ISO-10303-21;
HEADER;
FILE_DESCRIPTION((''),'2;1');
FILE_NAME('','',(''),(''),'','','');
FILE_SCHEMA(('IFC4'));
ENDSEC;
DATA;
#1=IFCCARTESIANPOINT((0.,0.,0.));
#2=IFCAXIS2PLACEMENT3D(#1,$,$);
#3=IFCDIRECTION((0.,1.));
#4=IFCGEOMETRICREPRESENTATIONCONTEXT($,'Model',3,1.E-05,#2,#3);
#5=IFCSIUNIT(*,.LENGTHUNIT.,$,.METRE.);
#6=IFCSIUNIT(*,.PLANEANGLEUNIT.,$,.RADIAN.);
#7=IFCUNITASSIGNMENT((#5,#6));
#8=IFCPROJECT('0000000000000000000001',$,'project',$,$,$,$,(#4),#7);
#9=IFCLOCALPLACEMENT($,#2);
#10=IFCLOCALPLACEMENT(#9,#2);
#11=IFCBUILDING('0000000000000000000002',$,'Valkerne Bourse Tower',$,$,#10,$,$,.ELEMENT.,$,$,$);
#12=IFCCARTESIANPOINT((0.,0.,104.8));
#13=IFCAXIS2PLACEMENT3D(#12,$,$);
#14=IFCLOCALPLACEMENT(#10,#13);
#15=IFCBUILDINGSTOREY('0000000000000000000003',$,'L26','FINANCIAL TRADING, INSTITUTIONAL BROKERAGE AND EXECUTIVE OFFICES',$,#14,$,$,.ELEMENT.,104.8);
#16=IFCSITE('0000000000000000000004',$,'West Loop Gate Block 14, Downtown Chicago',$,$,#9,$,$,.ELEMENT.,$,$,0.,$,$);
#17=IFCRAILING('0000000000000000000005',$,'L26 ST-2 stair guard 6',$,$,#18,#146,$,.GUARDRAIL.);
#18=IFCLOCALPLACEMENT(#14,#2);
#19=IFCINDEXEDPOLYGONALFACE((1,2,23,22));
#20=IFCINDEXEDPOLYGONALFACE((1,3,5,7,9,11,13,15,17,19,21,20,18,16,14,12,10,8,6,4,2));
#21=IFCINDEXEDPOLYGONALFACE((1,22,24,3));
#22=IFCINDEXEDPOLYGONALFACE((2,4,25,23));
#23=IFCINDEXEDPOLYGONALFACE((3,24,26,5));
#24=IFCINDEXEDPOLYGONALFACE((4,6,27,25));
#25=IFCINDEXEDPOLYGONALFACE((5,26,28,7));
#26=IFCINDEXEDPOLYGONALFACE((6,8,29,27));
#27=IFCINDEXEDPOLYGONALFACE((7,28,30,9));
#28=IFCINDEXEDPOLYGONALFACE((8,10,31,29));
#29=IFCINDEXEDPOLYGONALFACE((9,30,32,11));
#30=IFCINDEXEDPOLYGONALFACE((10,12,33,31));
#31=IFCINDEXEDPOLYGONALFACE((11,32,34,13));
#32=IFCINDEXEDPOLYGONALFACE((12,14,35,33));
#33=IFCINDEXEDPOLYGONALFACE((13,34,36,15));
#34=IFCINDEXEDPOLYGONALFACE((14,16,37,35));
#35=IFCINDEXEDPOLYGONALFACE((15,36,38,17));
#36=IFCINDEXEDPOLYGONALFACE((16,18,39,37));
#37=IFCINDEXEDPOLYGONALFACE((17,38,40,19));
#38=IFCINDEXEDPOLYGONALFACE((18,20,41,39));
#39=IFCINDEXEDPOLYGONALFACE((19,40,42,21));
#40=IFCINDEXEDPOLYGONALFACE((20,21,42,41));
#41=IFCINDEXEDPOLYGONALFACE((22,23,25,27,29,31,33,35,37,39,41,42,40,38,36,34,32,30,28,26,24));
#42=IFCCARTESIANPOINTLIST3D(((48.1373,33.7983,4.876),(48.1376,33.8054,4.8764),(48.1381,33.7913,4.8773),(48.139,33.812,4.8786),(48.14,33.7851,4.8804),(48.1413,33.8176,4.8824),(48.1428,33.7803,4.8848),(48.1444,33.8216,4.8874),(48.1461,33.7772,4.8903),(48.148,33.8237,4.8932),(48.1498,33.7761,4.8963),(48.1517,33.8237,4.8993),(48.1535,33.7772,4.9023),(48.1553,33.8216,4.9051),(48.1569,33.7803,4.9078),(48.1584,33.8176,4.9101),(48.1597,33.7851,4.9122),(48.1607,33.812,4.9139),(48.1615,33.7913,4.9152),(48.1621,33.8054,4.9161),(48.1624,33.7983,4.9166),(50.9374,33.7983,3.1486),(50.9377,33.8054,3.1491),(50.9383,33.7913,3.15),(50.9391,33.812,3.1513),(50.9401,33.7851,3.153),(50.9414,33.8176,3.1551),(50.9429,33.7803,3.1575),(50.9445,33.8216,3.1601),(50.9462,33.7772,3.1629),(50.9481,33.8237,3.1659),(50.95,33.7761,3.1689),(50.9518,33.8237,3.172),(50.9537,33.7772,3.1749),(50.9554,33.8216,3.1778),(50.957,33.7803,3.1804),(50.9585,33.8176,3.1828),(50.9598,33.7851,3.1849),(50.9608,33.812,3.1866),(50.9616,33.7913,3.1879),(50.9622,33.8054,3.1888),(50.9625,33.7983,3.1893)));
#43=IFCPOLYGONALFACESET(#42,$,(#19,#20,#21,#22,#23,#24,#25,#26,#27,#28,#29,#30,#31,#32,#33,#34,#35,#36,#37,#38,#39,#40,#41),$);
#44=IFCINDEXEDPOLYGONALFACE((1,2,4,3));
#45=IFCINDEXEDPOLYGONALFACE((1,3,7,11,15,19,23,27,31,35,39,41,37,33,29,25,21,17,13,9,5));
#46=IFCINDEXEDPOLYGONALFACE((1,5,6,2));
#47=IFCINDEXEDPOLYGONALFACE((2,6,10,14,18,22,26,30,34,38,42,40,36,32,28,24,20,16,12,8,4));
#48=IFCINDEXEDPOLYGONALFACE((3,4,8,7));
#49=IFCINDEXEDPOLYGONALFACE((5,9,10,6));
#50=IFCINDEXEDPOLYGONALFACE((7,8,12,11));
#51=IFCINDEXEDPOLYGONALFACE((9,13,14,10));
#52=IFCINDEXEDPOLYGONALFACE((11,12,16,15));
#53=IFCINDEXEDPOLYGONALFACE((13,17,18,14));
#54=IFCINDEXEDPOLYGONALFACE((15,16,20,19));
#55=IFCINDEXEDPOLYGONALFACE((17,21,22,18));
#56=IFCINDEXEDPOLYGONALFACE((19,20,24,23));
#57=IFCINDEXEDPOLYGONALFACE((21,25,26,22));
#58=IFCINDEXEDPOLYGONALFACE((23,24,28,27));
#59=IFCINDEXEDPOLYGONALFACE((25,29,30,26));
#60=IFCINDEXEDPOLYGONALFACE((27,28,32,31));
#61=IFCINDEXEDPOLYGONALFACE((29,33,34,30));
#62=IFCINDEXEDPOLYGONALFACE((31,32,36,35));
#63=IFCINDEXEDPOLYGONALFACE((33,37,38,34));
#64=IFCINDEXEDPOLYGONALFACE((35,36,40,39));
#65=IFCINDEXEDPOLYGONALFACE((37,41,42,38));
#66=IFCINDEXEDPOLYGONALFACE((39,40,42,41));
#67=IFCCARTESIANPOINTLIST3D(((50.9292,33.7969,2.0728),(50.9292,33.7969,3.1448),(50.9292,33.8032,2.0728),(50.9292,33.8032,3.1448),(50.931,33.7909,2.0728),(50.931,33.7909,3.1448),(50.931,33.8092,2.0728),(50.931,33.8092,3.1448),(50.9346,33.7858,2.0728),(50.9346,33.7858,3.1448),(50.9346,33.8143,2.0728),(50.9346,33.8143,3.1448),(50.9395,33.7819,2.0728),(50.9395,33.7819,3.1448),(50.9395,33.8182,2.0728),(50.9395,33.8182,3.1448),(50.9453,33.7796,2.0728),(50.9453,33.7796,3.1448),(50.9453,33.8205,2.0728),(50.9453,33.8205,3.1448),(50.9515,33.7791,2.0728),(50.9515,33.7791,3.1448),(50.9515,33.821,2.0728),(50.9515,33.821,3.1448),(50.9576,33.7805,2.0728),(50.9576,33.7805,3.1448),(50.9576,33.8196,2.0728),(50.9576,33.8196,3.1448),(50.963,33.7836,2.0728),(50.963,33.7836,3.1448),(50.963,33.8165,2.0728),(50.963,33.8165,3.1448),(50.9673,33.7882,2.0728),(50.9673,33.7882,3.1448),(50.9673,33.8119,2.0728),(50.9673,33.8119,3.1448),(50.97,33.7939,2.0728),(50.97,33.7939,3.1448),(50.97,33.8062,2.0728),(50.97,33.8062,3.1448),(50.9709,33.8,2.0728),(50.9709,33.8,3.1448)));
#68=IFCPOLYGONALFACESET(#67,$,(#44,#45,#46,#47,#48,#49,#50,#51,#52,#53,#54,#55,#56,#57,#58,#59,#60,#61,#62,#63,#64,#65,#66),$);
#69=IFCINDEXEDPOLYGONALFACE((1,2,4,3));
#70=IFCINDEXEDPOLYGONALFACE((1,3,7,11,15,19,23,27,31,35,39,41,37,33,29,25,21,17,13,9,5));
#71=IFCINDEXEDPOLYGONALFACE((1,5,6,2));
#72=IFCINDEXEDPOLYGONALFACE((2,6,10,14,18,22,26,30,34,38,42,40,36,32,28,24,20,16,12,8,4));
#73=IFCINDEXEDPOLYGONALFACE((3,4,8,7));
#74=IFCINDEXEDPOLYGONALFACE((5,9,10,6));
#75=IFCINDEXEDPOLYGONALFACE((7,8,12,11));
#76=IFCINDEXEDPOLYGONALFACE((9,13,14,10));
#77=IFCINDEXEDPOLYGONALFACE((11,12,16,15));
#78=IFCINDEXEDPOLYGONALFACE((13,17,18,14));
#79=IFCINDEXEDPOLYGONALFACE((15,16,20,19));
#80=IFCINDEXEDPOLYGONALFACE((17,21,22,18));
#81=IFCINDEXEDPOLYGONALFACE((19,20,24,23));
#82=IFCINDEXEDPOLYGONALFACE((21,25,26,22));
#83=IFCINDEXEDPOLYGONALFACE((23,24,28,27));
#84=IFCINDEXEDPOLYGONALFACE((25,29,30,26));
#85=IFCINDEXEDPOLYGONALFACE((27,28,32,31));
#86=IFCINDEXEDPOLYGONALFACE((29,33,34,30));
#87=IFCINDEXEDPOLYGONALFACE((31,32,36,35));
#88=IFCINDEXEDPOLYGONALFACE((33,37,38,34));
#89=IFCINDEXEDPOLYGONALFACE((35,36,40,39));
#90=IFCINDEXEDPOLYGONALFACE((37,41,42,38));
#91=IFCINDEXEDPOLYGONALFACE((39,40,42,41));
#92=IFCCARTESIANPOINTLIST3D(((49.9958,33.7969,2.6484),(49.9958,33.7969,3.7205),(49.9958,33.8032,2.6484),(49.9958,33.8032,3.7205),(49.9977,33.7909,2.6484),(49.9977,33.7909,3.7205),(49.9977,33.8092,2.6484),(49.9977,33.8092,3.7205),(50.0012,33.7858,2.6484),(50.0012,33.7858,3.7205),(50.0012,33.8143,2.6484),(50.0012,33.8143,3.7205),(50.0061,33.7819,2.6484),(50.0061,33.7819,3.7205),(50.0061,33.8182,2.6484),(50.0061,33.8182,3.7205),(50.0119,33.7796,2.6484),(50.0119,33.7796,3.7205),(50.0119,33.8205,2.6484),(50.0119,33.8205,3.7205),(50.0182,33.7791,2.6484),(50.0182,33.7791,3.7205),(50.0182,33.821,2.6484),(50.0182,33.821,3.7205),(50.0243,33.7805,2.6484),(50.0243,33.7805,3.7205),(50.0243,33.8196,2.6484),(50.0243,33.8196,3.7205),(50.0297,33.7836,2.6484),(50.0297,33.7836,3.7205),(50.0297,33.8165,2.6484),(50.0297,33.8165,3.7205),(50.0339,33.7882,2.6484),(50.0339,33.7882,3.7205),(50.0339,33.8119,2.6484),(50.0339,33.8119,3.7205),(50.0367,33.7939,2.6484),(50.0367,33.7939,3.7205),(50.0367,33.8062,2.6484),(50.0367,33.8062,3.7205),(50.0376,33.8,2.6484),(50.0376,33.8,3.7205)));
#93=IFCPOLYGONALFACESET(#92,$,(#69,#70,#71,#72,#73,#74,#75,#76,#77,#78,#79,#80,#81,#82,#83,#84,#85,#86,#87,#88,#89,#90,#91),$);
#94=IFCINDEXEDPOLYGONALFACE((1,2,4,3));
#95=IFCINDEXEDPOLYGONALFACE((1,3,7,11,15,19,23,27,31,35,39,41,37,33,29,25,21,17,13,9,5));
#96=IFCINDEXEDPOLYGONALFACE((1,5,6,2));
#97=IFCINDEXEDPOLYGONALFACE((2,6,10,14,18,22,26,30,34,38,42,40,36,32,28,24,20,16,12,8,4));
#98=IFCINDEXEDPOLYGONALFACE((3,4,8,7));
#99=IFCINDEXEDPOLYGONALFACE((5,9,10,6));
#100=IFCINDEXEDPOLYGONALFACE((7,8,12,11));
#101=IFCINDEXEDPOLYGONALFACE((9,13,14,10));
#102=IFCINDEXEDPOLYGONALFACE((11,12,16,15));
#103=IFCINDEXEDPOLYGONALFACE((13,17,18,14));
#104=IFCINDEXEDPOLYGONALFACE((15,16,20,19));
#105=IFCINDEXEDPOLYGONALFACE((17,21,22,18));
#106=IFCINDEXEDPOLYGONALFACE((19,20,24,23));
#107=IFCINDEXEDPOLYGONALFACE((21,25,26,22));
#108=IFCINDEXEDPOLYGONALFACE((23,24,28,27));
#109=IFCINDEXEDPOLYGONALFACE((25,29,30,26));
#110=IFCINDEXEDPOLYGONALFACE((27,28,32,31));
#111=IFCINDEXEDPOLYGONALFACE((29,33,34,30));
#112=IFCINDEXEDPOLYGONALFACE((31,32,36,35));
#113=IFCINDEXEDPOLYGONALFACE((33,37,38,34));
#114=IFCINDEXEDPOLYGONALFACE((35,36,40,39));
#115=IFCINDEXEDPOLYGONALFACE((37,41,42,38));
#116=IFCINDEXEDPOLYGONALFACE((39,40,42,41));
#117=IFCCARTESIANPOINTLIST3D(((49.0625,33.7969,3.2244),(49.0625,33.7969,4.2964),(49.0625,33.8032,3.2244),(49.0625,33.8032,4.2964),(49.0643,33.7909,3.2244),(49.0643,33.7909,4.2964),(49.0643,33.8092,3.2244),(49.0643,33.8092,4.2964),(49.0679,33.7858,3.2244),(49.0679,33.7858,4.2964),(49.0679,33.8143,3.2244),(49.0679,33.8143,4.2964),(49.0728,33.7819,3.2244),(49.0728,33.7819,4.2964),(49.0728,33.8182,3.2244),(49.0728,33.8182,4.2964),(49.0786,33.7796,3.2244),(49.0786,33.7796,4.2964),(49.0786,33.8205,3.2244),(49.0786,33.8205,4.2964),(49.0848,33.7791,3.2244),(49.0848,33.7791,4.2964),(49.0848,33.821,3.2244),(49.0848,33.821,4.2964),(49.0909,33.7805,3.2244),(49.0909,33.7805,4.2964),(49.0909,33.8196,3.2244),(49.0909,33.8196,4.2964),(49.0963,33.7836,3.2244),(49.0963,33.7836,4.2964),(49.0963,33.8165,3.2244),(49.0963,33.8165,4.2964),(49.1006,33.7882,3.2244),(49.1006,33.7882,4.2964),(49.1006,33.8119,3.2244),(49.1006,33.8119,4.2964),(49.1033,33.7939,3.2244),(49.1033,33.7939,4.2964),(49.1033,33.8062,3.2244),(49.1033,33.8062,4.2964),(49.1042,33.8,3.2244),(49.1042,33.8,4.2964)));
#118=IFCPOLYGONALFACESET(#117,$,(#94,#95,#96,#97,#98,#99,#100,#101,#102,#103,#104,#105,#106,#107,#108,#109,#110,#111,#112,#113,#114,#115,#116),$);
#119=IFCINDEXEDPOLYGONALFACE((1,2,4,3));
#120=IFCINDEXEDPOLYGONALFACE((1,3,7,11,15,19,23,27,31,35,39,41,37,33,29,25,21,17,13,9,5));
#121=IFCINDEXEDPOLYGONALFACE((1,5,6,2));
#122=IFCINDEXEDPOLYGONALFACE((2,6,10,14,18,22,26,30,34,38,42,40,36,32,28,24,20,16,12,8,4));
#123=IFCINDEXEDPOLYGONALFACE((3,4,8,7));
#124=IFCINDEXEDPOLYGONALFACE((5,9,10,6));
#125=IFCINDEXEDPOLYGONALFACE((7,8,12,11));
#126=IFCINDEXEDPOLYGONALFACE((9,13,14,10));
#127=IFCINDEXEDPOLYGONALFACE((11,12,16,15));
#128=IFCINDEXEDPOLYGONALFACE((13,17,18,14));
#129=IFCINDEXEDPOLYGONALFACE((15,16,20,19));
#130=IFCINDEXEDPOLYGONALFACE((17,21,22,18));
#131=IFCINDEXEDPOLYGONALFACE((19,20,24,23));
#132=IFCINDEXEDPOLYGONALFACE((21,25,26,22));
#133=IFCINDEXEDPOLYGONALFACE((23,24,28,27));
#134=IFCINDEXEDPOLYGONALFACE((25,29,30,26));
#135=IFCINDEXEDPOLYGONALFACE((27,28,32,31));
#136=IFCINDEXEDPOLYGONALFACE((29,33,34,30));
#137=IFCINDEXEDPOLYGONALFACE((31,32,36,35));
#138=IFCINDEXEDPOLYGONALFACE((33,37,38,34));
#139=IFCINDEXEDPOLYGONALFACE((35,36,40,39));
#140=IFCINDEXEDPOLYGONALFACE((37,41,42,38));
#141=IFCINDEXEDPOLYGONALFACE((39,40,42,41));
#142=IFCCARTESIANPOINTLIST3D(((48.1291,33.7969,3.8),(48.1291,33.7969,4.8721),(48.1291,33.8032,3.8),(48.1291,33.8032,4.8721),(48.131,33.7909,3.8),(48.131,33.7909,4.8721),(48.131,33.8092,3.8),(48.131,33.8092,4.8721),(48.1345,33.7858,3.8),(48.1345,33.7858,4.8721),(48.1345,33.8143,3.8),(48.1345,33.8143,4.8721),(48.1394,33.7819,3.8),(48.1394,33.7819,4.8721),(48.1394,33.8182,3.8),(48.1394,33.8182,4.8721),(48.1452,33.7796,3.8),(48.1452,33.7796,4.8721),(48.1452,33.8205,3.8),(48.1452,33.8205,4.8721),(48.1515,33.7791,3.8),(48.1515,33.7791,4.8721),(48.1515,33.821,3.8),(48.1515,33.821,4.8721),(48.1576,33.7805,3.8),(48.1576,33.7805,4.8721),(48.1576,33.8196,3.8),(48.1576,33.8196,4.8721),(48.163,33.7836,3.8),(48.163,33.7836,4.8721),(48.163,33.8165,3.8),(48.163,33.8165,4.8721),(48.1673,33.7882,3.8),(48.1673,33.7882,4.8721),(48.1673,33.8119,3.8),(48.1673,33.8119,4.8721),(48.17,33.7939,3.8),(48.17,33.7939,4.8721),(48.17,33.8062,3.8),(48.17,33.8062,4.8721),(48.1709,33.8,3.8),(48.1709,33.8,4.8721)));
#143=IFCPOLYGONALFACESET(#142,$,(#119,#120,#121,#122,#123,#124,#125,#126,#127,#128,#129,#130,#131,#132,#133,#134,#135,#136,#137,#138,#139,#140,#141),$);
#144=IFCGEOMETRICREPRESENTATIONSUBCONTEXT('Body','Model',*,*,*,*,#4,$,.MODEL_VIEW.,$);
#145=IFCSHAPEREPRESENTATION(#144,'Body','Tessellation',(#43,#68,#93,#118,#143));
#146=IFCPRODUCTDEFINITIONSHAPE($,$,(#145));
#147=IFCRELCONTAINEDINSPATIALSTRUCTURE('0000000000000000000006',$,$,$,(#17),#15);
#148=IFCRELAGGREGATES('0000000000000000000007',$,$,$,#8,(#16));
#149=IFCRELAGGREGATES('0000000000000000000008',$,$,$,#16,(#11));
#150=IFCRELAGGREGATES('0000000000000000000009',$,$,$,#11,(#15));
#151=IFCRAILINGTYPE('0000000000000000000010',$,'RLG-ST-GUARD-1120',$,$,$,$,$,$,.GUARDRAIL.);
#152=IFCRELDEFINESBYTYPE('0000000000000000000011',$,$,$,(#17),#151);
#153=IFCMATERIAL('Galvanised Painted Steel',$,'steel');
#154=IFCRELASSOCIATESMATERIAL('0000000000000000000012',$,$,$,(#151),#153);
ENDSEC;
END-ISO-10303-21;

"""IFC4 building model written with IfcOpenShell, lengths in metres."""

from ifc_helpers import new_model, si_unit, direction, frame, origin, origin_2d, place, context, subcontext, project, spatial, circle, extrude, material, type_object, element, save


model = new_model("IFC4")

# Units and contexts
model_context = context("Model", 3, precision=1e-05, world=origin(), true_north=direction((0.0, 1.0)))
body_context = subcontext(model_context, "Body", "Model", "MODEL_VIEW")
ifc_project = project(units=[si_unit("LENGTHUNIT", "METRE"), si_unit("PLANEANGLEUNIT", "RADIAN")], contexts=[model_context])

# Site, building, storey
site_placement = place(None, origin())
site = spatial("IfcSite", under=ifc_project, at=site_placement, Name="West Loop Gate Block 14, Downtown Chicago", CompositionType="ELEMENT", RefElevation=0.0)
building_placement = place(site_placement, origin())
building = spatial("IfcBuilding", under=site, at=building_placement, Name="Valkerne Bourse Tower", CompositionType="ELEMENT")
storey_placement = place(building_placement, frame((0.0, 0.0, 104.8)))
storey = spatial("IfcBuildingStorey", under=building, at=storey_placement, Name="L26", Description="FINANCIAL TRADING, INSTITUTIONAL BROKERAGE AND EXECUTIVE OFFICES", CompositionType="ELEMENT", Elevation=104.8)

# Railing
ifc_material_1 = material(Name="Galvanised Painted Steel", Category="steel")
railing_type_1 = type_object("IfcRailingType", Name="RLG-ST-GUARD-1120", PredefinedType="GUARDRAIL", material=ifc_material_1)
railing_1_placement = place(storey_placement, frame((50.95, 33.8, 2.0728)))
element("IfcRailing", 1, at=railing_1_placement, inside=storey, type_object=railing_type_1, Name="L26 ST-2 stair guard 6", PredefinedType="GUARDRAIL", context=body_context, shape_type="SweptSolid", body=[
    extrude(circle(Radius=0.0239, at=origin_2d()), frame((0.0, 0.0, 1.0962), z_axis=(-0.85109, 0.0, 0.52502), x_axis=(0.0, -1.0, 0.0)), (0.0, 0.0, 1.0), 3.29),
    extrude(circle(Radius=0.021, at=origin_2d()), origin(), (0.0, 0.0, 1.0), 1.072),
    extrude(circle(Radius=0.021, at=origin_2d()), frame((-0.9333, 0.0, 0.5757)), (0.0, 0.0, 1.0), 1.072),
    extrude(circle(Radius=0.021, at=origin_2d()), frame((-1.8667, 0.0, 1.1516)), (0.0, 0.0, 1.0), 1.072),
    extrude(circle(Radius=0.021, at=origin_2d()), frame((-2.8, 0.0, 1.7273)), (0.0, 0.0, 1.0), 1.072),
])

save(model, "model.ifc")
